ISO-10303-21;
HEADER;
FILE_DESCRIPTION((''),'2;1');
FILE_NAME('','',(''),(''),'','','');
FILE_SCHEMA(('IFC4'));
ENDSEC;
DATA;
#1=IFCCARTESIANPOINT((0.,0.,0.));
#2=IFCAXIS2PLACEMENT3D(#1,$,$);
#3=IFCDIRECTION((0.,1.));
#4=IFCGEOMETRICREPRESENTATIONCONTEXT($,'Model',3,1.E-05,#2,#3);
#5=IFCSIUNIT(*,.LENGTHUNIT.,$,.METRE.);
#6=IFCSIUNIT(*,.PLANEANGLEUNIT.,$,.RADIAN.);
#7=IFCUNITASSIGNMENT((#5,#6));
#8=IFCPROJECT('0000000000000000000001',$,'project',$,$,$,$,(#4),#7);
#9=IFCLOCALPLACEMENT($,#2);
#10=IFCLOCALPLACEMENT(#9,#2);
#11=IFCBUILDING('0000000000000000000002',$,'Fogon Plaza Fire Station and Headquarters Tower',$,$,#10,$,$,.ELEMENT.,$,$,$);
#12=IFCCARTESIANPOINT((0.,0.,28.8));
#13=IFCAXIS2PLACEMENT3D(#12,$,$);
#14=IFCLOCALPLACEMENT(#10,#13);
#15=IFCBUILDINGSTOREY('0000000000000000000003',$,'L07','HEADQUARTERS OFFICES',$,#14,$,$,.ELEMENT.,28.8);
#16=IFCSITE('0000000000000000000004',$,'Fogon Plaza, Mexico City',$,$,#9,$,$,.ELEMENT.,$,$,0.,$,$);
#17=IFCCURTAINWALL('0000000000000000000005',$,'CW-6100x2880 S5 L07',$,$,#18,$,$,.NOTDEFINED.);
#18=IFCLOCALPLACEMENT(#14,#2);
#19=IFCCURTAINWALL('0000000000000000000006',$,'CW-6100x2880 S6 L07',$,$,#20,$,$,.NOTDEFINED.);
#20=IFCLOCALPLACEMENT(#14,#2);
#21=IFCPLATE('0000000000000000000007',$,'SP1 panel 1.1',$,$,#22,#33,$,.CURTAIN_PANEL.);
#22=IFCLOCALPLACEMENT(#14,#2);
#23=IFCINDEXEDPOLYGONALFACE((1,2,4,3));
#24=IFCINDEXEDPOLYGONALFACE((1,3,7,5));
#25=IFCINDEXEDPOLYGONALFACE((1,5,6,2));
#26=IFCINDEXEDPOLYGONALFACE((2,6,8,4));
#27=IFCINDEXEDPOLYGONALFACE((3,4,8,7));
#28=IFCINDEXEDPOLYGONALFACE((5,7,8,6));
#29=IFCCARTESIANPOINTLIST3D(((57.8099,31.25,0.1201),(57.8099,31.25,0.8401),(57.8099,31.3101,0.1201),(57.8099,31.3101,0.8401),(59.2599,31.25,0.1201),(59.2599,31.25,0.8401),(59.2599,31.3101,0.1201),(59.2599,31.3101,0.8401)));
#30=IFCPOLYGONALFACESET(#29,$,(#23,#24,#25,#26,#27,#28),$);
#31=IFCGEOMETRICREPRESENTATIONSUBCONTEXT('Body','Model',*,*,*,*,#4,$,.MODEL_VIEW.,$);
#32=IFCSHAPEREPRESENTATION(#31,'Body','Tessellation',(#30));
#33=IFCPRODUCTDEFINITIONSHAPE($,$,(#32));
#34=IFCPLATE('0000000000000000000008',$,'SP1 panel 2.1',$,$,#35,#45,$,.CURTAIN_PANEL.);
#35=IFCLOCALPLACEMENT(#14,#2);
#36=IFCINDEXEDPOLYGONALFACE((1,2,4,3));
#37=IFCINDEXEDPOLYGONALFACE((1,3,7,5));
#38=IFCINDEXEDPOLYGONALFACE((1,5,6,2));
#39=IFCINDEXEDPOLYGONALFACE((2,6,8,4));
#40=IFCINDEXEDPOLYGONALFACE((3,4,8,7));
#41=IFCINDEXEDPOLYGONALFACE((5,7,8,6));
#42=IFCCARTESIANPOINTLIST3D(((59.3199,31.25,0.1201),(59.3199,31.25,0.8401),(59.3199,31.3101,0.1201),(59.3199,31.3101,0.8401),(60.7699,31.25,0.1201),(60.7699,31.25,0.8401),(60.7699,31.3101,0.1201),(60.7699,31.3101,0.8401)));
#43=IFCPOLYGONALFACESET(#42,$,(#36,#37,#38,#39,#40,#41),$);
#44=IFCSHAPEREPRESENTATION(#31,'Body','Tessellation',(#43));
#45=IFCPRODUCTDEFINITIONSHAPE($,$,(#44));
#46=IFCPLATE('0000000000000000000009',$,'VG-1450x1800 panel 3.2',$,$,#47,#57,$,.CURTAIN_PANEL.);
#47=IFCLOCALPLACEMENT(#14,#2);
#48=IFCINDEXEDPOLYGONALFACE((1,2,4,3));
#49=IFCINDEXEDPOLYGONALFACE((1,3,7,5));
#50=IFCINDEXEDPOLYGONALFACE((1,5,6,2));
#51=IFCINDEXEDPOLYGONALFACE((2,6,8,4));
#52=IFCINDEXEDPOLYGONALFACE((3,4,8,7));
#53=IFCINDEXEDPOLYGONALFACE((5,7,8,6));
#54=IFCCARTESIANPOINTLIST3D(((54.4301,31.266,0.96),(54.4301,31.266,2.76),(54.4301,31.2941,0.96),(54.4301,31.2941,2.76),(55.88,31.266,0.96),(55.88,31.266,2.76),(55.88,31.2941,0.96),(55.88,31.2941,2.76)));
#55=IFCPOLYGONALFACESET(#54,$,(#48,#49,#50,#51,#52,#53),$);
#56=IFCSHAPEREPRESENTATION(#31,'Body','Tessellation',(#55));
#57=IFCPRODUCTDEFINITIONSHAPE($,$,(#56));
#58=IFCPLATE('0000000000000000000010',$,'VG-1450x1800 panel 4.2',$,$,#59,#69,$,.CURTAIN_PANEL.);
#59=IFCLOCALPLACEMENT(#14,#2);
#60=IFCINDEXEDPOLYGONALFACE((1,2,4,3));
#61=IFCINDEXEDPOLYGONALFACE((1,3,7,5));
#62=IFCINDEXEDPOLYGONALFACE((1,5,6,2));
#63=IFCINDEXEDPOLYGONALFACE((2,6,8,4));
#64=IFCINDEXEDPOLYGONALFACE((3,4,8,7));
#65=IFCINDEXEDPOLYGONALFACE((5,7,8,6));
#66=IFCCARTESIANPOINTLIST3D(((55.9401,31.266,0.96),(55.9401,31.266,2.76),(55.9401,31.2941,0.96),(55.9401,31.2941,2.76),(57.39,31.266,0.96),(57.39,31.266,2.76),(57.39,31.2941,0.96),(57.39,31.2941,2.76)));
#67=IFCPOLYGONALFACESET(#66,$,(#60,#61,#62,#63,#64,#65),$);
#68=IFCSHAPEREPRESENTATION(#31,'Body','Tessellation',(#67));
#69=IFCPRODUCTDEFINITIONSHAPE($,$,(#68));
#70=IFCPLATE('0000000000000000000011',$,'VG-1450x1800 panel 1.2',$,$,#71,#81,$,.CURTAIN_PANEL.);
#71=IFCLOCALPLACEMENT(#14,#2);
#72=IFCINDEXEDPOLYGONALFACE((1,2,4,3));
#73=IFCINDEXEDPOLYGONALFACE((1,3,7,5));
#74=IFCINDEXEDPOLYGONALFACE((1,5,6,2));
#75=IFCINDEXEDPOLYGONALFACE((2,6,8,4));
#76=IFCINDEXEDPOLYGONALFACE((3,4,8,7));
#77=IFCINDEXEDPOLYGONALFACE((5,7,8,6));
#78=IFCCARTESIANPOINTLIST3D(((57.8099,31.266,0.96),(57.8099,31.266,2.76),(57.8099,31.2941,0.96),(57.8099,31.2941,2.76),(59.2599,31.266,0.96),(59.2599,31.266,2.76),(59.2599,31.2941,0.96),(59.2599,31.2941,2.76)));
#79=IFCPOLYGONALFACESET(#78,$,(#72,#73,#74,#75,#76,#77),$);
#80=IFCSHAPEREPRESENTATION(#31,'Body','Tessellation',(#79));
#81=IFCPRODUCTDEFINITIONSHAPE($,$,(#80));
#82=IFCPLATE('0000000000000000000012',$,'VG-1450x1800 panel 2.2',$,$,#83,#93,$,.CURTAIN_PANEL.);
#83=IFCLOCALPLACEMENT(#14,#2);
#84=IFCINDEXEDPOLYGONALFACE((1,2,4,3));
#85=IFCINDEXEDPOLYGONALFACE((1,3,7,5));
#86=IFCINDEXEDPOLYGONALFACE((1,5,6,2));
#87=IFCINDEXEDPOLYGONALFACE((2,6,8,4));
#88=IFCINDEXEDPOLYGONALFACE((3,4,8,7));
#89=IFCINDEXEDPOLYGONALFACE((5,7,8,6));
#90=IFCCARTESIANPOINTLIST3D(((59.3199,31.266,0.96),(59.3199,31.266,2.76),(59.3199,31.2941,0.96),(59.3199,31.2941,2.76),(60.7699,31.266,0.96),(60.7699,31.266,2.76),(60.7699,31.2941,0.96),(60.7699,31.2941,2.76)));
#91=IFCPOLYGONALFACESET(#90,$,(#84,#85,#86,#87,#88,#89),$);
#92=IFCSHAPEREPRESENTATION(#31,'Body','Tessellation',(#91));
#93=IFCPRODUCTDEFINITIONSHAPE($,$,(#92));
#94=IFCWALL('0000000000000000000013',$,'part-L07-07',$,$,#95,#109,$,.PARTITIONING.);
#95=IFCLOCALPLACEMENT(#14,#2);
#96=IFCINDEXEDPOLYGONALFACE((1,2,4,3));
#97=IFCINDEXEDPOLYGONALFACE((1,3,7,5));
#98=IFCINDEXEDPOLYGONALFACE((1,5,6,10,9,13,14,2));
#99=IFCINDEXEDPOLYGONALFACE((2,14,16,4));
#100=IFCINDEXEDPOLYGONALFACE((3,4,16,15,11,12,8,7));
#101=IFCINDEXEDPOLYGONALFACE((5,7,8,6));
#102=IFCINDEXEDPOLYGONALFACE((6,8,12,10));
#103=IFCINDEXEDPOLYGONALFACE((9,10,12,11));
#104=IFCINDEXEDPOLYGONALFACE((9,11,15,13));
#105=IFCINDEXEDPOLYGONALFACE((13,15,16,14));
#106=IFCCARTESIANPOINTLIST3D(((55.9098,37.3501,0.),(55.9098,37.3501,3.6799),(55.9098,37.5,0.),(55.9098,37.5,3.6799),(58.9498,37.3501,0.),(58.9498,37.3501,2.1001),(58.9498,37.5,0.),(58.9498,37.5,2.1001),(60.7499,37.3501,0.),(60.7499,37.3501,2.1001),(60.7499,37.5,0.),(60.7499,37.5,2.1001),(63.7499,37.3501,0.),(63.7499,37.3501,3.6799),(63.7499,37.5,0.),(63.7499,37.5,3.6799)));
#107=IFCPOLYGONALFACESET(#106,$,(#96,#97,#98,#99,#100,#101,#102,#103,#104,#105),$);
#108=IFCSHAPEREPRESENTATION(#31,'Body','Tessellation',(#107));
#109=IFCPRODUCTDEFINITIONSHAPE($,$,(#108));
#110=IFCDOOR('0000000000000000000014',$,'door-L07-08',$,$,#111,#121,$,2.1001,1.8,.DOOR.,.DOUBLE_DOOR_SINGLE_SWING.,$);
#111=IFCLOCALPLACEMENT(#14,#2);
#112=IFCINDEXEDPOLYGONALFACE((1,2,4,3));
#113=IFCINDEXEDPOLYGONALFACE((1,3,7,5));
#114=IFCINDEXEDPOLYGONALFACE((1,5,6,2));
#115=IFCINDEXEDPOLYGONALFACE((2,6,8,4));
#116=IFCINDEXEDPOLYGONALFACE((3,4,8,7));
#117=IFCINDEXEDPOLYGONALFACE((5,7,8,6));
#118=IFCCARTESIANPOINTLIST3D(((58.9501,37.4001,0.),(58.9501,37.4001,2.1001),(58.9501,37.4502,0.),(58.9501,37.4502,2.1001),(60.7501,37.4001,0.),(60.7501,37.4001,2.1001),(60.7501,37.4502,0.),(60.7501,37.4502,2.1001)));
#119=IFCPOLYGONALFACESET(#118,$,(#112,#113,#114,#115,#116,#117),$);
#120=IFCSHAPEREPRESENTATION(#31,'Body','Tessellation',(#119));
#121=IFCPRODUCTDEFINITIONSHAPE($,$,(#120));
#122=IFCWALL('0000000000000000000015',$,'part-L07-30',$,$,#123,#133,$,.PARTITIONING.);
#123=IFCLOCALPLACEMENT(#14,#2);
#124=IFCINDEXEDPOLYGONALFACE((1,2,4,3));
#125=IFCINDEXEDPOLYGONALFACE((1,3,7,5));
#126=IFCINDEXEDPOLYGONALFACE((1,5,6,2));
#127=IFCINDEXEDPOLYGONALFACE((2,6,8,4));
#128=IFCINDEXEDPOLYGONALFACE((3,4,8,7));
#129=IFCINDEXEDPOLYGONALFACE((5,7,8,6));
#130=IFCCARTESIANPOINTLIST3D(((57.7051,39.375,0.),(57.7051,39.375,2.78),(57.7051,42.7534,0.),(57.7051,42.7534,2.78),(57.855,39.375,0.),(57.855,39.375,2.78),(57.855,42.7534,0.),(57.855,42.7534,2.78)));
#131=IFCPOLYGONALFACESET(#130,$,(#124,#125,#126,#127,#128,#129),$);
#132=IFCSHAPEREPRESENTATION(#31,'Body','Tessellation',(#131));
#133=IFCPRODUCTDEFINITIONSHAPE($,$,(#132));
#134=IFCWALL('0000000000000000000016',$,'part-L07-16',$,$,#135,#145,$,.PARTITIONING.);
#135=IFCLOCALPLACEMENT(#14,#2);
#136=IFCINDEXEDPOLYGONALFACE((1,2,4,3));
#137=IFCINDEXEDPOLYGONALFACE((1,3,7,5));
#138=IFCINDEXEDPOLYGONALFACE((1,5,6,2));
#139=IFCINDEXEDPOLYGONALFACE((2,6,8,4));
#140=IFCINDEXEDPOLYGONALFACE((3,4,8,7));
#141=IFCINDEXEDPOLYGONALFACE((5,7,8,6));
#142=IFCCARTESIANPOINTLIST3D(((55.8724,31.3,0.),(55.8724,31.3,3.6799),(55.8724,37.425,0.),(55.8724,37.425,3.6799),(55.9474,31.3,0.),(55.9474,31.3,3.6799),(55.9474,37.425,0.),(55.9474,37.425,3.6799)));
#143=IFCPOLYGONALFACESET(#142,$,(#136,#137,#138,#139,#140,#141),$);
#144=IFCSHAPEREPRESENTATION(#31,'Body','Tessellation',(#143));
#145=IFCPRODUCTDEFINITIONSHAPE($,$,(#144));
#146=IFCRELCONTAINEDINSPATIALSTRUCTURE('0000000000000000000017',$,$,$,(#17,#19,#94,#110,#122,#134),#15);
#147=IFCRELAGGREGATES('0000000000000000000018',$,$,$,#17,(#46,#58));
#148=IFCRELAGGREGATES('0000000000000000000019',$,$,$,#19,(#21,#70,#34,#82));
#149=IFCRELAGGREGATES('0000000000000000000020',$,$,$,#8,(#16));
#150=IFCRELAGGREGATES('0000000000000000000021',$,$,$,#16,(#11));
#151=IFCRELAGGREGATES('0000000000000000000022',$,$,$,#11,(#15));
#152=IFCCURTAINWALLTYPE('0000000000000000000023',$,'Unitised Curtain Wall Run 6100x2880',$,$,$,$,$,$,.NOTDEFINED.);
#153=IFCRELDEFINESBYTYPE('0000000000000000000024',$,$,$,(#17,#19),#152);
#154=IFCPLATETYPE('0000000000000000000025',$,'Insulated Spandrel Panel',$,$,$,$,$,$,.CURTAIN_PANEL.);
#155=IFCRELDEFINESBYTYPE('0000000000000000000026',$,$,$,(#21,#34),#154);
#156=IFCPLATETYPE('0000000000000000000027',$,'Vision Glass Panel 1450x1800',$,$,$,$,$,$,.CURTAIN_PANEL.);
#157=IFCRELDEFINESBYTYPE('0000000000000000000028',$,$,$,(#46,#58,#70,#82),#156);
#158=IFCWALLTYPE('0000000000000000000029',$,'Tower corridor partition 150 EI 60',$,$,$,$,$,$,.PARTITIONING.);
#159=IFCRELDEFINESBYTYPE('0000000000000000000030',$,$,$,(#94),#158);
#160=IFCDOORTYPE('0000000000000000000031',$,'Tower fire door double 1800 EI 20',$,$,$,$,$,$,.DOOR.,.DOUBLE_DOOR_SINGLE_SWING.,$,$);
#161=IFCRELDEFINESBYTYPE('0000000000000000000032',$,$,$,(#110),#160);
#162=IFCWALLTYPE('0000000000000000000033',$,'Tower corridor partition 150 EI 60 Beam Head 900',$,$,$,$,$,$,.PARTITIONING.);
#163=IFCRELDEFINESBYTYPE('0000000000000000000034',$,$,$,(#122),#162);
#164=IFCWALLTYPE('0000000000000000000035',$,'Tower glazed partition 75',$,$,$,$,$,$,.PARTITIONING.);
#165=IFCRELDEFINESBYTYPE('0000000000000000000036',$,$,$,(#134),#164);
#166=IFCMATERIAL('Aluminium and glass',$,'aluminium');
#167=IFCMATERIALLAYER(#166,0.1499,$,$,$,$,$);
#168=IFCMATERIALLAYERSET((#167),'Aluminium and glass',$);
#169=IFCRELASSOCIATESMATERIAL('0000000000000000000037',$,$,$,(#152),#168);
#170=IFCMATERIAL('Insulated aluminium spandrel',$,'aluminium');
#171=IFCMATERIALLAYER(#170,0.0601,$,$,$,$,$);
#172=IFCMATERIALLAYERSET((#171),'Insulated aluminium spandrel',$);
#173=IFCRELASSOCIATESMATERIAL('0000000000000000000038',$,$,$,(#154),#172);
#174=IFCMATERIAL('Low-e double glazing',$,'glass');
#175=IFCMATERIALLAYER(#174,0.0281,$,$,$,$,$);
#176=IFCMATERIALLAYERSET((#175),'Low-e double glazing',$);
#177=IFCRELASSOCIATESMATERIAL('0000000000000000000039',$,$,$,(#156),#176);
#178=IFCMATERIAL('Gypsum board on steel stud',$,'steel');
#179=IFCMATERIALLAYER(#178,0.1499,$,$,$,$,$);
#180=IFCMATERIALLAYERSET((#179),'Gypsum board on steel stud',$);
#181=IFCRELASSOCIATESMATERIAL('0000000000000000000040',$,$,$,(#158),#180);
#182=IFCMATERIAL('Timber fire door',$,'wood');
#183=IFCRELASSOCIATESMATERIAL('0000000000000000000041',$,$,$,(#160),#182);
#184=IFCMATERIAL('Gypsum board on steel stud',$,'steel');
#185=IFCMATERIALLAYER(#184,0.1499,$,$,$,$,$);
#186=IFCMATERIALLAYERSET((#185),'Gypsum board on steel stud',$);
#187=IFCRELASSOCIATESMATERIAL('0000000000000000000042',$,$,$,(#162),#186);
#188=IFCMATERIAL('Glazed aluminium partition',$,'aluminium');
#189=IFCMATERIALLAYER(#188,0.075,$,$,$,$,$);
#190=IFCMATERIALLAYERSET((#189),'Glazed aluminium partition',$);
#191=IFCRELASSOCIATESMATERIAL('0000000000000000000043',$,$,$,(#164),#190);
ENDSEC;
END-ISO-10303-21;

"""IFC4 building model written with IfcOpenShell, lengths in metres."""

from ifc_helpers import new_model, si_unit, direction, frame, frame_2d, origin, origin_2d, place, context, subcontext, project, spatial, rectangle, extrude, material, layer, layer_set, type_object, element, fill, aggregate, save


model = new_model("IFC4")

# Units and contexts
model_context = context("Model", 3, precision=1e-05, world=origin(), true_north=direction((0.0, 1.0)))
body_context = subcontext(model_context, "Body", "Model", "MODEL_VIEW")
ifc_project = project(units=[si_unit("LENGTHUNIT", "METRE"), si_unit("PLANEANGLEUNIT", "RADIAN")], contexts=[model_context])

# Site, building, storey
site_placement = place(None, origin())
site = spatial("IfcSite", under=ifc_project, at=site_placement, Name="Fogon Plaza, Mexico City", CompositionType="ELEMENT", RefElevation=0.0)
building_placement = place(site_placement, origin())
building = spatial("IfcBuilding", under=site, at=building_placement, Name="Fogon Plaza Fire Station and Headquarters Tower", CompositionType="ELEMENT")
storey_placement = place(building_placement, frame((0.0, 0.0, 28.8)))
storey = spatial("IfcBuildingStorey", under=building, at=storey_placement, Name="L07", Description="HEADQUARTERS OFFICES", CompositionType="ELEMENT", Elevation=28.8)

# Curtain walls
ifc_material_1 = material(Name="Aluminium and glass", Category="aluminium")
ifc_layer_1 = layer(ifc_material_1, 0.1499)
ifc_layer_set_1 = layer_set([ifc_layer_1], Name="Aluminium and glass")
curtain_wall_type = type_object("IfcCurtainWallType", Name="Unitised Curtain Wall Run 6100x2880", PredefinedType="NOTDEFINED", material=ifc_layer_set_1)
curtain_wall_1_placement = place(storey_placement, origin())
curtain_wall_1 = element("IfcCurtainWall", 1, at=curtain_wall_1_placement, inside=storey, type_object=curtain_wall_type, Name="CW-6100x2880 S5 L07", PredefinedType="NOTDEFINED")
curtain_wall_2_placement = place(storey_placement, origin())
curtain_wall_2 = element("IfcCurtainWall", 2, at=curtain_wall_2_placement, inside=storey, type_object=curtain_wall_type, Name="CW-6100x2880 S6 L07", PredefinedType="NOTDEFINED")

# Plates
ifc_material_2 = material(Name="Insulated aluminium spandrel", Category="aluminium")
ifc_layer_2 = layer(ifc_material_2, 0.0601)
ifc_layer_set_2 = layer_set([ifc_layer_2], Name="Insulated aluminium spandrel")
plate_type_1 = type_object("IfcPlateType", Name="Insulated Spandrel Panel", PredefinedType="CURTAIN_PANEL", material=ifc_layer_set_2)
plate_1_placement = place(storey_placement, frame((58.5349, 31.28, 0.1201), z_axis=(0.0, 0.0, 1.0), x_axis=(1.0, 0.0, 0.0)))
plate_1 = element("IfcPlate", 3, at=plate_1_placement, type_object=plate_type_1, Name="SP1 panel 1.1", PredefinedType="CURTAIN_PANEL", context=body_context, shape_type="SweptSolid", body=[
    extrude(rectangle(XDim=1.45, YDim=0.0601, at=origin_2d()), origin(), (0.0, 0.0, 1.0), 0.72),
])
plate_2_placement = place(storey_placement, frame((60.0449, 31.28, 0.1201), z_axis=(0.0, 0.0, 1.0), x_axis=(1.0, 0.0, 0.0)))
plate_2 = element("IfcPlate", 4, at=plate_2_placement, type_object=plate_type_1, Name="SP1 panel 2.1", PredefinedType="CURTAIN_PANEL", context=body_context, shape_type="SweptSolid", body=[
    extrude(rectangle(XDim=1.45, YDim=0.0601, at=origin_2d()), origin(), (0.0, 0.0, 1.0), 0.72),
])
ifc_material_3 = material(Name="Low-e double glazing", Category="glass")
ifc_layer_3 = layer(ifc_material_3, 0.0281)
ifc_layer_set_3 = layer_set([ifc_layer_3], Name="Low-e double glazing")
plate_type_2 = type_object("IfcPlateType", Name="Vision Glass Panel 1450x1800", PredefinedType="CURTAIN_PANEL", material=ifc_layer_set_3)
plate_3_placement = place(storey_placement, frame((55.155, 31.28, 0.96), z_axis=(0.0, 0.0, 1.0), x_axis=(1.0, 0.0, 0.0)))
plate_3 = element("IfcPlate", 5, at=plate_3_placement, type_object=plate_type_2, Name="VG-1450x1800 panel 3.2", PredefinedType="CURTAIN_PANEL", context=body_context, shape_type="SweptSolid", body=[
    extrude(rectangle(XDim=1.45, YDim=0.0281, at=origin_2d()), origin(), (0.0, 0.0, 1.0), 1.8),
])
plate_4_placement = place(storey_placement, frame((56.665, 31.28, 0.96), z_axis=(0.0, 0.0, 1.0), x_axis=(1.0, 0.0, 0.0)))
plate_4 = element("IfcPlate", 6, at=plate_4_placement, type_object=plate_type_2, Name="VG-1450x1800 panel 4.2", PredefinedType="CURTAIN_PANEL", context=body_context, shape_type="SweptSolid", body=[
    extrude(rectangle(XDim=1.45, YDim=0.0281, at=origin_2d()), origin(), (0.0, 0.0, 1.0), 1.8),
])
aggregate(curtain_wall_1, [plate_3, plate_4])
plate_5_placement = place(storey_placement, frame((58.5349, 31.28, 0.96), z_axis=(0.0, 0.0, 1.0), x_axis=(1.0, 0.0, 0.0)))
plate_5 = element("IfcPlate", 7, at=plate_5_placement, type_object=plate_type_2, Name="VG-1450x1800 panel 1.2", PredefinedType="CURTAIN_PANEL", context=body_context, shape_type="SweptSolid", body=[
    extrude(rectangle(XDim=1.45, YDim=0.0281, at=origin_2d()), origin(), (0.0, 0.0, 1.0), 1.8),
])
plate_6_placement = place(storey_placement, frame((60.0449, 31.28, 0.96), z_axis=(0.0, 0.0, 1.0), x_axis=(1.0, 0.0, 0.0)))
plate_6 = element("IfcPlate", 8, at=plate_6_placement, type_object=plate_type_2, Name="VG-1450x1800 panel 2.2", PredefinedType="CURTAIN_PANEL", context=body_context, shape_type="SweptSolid", body=[
    extrude(rectangle(XDim=1.45, YDim=0.0281, at=origin_2d()), origin(), (0.0, 0.0, 1.0), 1.8),
])
aggregate(curtain_wall_2, [plate_1, plate_5, plate_2, plate_6])

# Wall, opening, door
ifc_material_4 = material(Name="Gypsum board on steel stud", Category="steel")
ifc_layer_4 = layer(ifc_material_4, 0.1499)
ifc_layer_set_4 = layer_set([ifc_layer_4], Name="Gypsum board on steel stud")
wall_type_1 = type_object("IfcWallType", Name="Tower corridor partition 150 EI 60", PredefinedType="PARTITIONING", material=ifc_layer_set_4)
wall_1_placement = place(storey_placement, frame((55.9099, 37.425, 0.0), z_axis=(0.0, 0.0, 1.0), x_axis=(1.0, 0.0, 0.0)))
wall_1 = element("IfcWall", 9, at=wall_1_placement, inside=storey, type_object=wall_type_1, Name="part-L07-07", PredefinedType="PARTITIONING", context=body_context, shape_type="SweptSolid", body=[
    extrude(rectangle(XDim=7.8401, YDim=0.1499, at=frame_2d((3.9199, 0.0))), origin(), (0.0, 0.0, 1.0), 3.6799),
])
opening_placement = place(wall_1_placement, frame((3.04, 0.0, 0.0)))
opening = element("IfcOpeningElement", 10, at=opening_placement, cuts=wall_1, PredefinedType="OPENING", context=body_context, shape_type="SweptSolid", body=[
    extrude(rectangle(XDim=1.8, YDim=2.1001, at=frame_2d((0.8999, 1.05))), frame((0.0, 0.085, 0.0), z_axis=(0.0, -1.0, 0.0), x_axis=(1.0, 0.0, 0.0)), (0.0, 0.0, 1.0), 0.1699),
])
ifc_material_5 = material(Name="Timber fire door", Category="wood")
door_type = type_object("IfcDoorType", Name="Tower fire door double 1800 EI 20", OperationType="DOUBLE_DOOR_SINGLE_SWING", PredefinedType="DOOR", material=ifc_material_5)
door_placement = place(opening_placement, frame((1.8, 0.0, 0.0), z_axis=(0.0, 0.0, 1.0), x_axis=(-1.0, 0.0, 0.0)))
door = element("IfcDoor", 11, at=door_placement, inside=storey, type_object=door_type, Name="door-L07-08", OperationType="DOUBLE_DOOR_SINGLE_SWING", OverallHeight=2.1001, OverallWidth=1.8, PredefinedType="DOOR", context=body_context, shape_type="SweptSolid", body=[
    extrude(rectangle(XDim=1.8, YDim=2.1001, at=frame_2d((0.8999, 1.05))), frame((0.0, 0.0249, 0.0), z_axis=(0.0, -1.0, 0.0), x_axis=(1.0, 0.0, 0.0)), (0.0, 0.0, 1.0), 0.05),
])
fill(opening, door)

# Walls
ifc_material_6 = material(Name="Gypsum board on steel stud", Category="steel")
ifc_layer_5 = layer(ifc_material_6, 0.1499)
ifc_layer_set_5 = layer_set([ifc_layer_5], Name="Gypsum board on steel stud")
wall_type_2 = type_object("IfcWallType", Name="Tower corridor partition 150 EI 60 Beam Head 900", PredefinedType="PARTITIONING", material=ifc_layer_set_5)
wall_2_placement = place(storey_placement, frame((57.78, 39.375, 0.0), z_axis=(0.0, 0.0, 1.0), x_axis=(0.0, 1.0, 0.0)))
element("IfcWall", 12, at=wall_2_placement, inside=storey, type_object=wall_type_2, Name="part-L07-30", PredefinedType="PARTITIONING", context=body_context, shape_type="SweptSolid", body=[
    extrude(rectangle(XDim=3.3784, YDim=0.1499, at=frame_2d((1.6892, 0.0))), origin(), (0.0, 0.0, 1.0), 2.78),
])
ifc_material_7 = material(Name="Glazed aluminium partition", Category="aluminium")
ifc_layer_6 = layer(ifc_material_7, 0.075)
ifc_layer_set_6 = layer_set([ifc_layer_6], Name="Glazed aluminium partition")
wall_type_3 = type_object("IfcWallType", Name="Tower glazed partition 75", PredefinedType="PARTITIONING", material=ifc_layer_set_6)
wall_3_placement = place(storey_placement, frame((55.9099, 31.3, 0.0), z_axis=(0.0, 0.0, 1.0), x_axis=(0.0, 1.0, 0.0)))
element("IfcWall", 13, at=wall_3_placement, inside=storey, type_object=wall_type_3, Name="part-L07-16", PredefinedType="PARTITIONING", context=body_context, shape_type="SweptSolid", body=[
    extrude(rectangle(XDim=6.125, YDim=0.075, at=frame_2d((3.0625, 0.0))), origin(), (0.0, 0.0, 1.0), 3.6799),
])

save(model, "model.ifc")
